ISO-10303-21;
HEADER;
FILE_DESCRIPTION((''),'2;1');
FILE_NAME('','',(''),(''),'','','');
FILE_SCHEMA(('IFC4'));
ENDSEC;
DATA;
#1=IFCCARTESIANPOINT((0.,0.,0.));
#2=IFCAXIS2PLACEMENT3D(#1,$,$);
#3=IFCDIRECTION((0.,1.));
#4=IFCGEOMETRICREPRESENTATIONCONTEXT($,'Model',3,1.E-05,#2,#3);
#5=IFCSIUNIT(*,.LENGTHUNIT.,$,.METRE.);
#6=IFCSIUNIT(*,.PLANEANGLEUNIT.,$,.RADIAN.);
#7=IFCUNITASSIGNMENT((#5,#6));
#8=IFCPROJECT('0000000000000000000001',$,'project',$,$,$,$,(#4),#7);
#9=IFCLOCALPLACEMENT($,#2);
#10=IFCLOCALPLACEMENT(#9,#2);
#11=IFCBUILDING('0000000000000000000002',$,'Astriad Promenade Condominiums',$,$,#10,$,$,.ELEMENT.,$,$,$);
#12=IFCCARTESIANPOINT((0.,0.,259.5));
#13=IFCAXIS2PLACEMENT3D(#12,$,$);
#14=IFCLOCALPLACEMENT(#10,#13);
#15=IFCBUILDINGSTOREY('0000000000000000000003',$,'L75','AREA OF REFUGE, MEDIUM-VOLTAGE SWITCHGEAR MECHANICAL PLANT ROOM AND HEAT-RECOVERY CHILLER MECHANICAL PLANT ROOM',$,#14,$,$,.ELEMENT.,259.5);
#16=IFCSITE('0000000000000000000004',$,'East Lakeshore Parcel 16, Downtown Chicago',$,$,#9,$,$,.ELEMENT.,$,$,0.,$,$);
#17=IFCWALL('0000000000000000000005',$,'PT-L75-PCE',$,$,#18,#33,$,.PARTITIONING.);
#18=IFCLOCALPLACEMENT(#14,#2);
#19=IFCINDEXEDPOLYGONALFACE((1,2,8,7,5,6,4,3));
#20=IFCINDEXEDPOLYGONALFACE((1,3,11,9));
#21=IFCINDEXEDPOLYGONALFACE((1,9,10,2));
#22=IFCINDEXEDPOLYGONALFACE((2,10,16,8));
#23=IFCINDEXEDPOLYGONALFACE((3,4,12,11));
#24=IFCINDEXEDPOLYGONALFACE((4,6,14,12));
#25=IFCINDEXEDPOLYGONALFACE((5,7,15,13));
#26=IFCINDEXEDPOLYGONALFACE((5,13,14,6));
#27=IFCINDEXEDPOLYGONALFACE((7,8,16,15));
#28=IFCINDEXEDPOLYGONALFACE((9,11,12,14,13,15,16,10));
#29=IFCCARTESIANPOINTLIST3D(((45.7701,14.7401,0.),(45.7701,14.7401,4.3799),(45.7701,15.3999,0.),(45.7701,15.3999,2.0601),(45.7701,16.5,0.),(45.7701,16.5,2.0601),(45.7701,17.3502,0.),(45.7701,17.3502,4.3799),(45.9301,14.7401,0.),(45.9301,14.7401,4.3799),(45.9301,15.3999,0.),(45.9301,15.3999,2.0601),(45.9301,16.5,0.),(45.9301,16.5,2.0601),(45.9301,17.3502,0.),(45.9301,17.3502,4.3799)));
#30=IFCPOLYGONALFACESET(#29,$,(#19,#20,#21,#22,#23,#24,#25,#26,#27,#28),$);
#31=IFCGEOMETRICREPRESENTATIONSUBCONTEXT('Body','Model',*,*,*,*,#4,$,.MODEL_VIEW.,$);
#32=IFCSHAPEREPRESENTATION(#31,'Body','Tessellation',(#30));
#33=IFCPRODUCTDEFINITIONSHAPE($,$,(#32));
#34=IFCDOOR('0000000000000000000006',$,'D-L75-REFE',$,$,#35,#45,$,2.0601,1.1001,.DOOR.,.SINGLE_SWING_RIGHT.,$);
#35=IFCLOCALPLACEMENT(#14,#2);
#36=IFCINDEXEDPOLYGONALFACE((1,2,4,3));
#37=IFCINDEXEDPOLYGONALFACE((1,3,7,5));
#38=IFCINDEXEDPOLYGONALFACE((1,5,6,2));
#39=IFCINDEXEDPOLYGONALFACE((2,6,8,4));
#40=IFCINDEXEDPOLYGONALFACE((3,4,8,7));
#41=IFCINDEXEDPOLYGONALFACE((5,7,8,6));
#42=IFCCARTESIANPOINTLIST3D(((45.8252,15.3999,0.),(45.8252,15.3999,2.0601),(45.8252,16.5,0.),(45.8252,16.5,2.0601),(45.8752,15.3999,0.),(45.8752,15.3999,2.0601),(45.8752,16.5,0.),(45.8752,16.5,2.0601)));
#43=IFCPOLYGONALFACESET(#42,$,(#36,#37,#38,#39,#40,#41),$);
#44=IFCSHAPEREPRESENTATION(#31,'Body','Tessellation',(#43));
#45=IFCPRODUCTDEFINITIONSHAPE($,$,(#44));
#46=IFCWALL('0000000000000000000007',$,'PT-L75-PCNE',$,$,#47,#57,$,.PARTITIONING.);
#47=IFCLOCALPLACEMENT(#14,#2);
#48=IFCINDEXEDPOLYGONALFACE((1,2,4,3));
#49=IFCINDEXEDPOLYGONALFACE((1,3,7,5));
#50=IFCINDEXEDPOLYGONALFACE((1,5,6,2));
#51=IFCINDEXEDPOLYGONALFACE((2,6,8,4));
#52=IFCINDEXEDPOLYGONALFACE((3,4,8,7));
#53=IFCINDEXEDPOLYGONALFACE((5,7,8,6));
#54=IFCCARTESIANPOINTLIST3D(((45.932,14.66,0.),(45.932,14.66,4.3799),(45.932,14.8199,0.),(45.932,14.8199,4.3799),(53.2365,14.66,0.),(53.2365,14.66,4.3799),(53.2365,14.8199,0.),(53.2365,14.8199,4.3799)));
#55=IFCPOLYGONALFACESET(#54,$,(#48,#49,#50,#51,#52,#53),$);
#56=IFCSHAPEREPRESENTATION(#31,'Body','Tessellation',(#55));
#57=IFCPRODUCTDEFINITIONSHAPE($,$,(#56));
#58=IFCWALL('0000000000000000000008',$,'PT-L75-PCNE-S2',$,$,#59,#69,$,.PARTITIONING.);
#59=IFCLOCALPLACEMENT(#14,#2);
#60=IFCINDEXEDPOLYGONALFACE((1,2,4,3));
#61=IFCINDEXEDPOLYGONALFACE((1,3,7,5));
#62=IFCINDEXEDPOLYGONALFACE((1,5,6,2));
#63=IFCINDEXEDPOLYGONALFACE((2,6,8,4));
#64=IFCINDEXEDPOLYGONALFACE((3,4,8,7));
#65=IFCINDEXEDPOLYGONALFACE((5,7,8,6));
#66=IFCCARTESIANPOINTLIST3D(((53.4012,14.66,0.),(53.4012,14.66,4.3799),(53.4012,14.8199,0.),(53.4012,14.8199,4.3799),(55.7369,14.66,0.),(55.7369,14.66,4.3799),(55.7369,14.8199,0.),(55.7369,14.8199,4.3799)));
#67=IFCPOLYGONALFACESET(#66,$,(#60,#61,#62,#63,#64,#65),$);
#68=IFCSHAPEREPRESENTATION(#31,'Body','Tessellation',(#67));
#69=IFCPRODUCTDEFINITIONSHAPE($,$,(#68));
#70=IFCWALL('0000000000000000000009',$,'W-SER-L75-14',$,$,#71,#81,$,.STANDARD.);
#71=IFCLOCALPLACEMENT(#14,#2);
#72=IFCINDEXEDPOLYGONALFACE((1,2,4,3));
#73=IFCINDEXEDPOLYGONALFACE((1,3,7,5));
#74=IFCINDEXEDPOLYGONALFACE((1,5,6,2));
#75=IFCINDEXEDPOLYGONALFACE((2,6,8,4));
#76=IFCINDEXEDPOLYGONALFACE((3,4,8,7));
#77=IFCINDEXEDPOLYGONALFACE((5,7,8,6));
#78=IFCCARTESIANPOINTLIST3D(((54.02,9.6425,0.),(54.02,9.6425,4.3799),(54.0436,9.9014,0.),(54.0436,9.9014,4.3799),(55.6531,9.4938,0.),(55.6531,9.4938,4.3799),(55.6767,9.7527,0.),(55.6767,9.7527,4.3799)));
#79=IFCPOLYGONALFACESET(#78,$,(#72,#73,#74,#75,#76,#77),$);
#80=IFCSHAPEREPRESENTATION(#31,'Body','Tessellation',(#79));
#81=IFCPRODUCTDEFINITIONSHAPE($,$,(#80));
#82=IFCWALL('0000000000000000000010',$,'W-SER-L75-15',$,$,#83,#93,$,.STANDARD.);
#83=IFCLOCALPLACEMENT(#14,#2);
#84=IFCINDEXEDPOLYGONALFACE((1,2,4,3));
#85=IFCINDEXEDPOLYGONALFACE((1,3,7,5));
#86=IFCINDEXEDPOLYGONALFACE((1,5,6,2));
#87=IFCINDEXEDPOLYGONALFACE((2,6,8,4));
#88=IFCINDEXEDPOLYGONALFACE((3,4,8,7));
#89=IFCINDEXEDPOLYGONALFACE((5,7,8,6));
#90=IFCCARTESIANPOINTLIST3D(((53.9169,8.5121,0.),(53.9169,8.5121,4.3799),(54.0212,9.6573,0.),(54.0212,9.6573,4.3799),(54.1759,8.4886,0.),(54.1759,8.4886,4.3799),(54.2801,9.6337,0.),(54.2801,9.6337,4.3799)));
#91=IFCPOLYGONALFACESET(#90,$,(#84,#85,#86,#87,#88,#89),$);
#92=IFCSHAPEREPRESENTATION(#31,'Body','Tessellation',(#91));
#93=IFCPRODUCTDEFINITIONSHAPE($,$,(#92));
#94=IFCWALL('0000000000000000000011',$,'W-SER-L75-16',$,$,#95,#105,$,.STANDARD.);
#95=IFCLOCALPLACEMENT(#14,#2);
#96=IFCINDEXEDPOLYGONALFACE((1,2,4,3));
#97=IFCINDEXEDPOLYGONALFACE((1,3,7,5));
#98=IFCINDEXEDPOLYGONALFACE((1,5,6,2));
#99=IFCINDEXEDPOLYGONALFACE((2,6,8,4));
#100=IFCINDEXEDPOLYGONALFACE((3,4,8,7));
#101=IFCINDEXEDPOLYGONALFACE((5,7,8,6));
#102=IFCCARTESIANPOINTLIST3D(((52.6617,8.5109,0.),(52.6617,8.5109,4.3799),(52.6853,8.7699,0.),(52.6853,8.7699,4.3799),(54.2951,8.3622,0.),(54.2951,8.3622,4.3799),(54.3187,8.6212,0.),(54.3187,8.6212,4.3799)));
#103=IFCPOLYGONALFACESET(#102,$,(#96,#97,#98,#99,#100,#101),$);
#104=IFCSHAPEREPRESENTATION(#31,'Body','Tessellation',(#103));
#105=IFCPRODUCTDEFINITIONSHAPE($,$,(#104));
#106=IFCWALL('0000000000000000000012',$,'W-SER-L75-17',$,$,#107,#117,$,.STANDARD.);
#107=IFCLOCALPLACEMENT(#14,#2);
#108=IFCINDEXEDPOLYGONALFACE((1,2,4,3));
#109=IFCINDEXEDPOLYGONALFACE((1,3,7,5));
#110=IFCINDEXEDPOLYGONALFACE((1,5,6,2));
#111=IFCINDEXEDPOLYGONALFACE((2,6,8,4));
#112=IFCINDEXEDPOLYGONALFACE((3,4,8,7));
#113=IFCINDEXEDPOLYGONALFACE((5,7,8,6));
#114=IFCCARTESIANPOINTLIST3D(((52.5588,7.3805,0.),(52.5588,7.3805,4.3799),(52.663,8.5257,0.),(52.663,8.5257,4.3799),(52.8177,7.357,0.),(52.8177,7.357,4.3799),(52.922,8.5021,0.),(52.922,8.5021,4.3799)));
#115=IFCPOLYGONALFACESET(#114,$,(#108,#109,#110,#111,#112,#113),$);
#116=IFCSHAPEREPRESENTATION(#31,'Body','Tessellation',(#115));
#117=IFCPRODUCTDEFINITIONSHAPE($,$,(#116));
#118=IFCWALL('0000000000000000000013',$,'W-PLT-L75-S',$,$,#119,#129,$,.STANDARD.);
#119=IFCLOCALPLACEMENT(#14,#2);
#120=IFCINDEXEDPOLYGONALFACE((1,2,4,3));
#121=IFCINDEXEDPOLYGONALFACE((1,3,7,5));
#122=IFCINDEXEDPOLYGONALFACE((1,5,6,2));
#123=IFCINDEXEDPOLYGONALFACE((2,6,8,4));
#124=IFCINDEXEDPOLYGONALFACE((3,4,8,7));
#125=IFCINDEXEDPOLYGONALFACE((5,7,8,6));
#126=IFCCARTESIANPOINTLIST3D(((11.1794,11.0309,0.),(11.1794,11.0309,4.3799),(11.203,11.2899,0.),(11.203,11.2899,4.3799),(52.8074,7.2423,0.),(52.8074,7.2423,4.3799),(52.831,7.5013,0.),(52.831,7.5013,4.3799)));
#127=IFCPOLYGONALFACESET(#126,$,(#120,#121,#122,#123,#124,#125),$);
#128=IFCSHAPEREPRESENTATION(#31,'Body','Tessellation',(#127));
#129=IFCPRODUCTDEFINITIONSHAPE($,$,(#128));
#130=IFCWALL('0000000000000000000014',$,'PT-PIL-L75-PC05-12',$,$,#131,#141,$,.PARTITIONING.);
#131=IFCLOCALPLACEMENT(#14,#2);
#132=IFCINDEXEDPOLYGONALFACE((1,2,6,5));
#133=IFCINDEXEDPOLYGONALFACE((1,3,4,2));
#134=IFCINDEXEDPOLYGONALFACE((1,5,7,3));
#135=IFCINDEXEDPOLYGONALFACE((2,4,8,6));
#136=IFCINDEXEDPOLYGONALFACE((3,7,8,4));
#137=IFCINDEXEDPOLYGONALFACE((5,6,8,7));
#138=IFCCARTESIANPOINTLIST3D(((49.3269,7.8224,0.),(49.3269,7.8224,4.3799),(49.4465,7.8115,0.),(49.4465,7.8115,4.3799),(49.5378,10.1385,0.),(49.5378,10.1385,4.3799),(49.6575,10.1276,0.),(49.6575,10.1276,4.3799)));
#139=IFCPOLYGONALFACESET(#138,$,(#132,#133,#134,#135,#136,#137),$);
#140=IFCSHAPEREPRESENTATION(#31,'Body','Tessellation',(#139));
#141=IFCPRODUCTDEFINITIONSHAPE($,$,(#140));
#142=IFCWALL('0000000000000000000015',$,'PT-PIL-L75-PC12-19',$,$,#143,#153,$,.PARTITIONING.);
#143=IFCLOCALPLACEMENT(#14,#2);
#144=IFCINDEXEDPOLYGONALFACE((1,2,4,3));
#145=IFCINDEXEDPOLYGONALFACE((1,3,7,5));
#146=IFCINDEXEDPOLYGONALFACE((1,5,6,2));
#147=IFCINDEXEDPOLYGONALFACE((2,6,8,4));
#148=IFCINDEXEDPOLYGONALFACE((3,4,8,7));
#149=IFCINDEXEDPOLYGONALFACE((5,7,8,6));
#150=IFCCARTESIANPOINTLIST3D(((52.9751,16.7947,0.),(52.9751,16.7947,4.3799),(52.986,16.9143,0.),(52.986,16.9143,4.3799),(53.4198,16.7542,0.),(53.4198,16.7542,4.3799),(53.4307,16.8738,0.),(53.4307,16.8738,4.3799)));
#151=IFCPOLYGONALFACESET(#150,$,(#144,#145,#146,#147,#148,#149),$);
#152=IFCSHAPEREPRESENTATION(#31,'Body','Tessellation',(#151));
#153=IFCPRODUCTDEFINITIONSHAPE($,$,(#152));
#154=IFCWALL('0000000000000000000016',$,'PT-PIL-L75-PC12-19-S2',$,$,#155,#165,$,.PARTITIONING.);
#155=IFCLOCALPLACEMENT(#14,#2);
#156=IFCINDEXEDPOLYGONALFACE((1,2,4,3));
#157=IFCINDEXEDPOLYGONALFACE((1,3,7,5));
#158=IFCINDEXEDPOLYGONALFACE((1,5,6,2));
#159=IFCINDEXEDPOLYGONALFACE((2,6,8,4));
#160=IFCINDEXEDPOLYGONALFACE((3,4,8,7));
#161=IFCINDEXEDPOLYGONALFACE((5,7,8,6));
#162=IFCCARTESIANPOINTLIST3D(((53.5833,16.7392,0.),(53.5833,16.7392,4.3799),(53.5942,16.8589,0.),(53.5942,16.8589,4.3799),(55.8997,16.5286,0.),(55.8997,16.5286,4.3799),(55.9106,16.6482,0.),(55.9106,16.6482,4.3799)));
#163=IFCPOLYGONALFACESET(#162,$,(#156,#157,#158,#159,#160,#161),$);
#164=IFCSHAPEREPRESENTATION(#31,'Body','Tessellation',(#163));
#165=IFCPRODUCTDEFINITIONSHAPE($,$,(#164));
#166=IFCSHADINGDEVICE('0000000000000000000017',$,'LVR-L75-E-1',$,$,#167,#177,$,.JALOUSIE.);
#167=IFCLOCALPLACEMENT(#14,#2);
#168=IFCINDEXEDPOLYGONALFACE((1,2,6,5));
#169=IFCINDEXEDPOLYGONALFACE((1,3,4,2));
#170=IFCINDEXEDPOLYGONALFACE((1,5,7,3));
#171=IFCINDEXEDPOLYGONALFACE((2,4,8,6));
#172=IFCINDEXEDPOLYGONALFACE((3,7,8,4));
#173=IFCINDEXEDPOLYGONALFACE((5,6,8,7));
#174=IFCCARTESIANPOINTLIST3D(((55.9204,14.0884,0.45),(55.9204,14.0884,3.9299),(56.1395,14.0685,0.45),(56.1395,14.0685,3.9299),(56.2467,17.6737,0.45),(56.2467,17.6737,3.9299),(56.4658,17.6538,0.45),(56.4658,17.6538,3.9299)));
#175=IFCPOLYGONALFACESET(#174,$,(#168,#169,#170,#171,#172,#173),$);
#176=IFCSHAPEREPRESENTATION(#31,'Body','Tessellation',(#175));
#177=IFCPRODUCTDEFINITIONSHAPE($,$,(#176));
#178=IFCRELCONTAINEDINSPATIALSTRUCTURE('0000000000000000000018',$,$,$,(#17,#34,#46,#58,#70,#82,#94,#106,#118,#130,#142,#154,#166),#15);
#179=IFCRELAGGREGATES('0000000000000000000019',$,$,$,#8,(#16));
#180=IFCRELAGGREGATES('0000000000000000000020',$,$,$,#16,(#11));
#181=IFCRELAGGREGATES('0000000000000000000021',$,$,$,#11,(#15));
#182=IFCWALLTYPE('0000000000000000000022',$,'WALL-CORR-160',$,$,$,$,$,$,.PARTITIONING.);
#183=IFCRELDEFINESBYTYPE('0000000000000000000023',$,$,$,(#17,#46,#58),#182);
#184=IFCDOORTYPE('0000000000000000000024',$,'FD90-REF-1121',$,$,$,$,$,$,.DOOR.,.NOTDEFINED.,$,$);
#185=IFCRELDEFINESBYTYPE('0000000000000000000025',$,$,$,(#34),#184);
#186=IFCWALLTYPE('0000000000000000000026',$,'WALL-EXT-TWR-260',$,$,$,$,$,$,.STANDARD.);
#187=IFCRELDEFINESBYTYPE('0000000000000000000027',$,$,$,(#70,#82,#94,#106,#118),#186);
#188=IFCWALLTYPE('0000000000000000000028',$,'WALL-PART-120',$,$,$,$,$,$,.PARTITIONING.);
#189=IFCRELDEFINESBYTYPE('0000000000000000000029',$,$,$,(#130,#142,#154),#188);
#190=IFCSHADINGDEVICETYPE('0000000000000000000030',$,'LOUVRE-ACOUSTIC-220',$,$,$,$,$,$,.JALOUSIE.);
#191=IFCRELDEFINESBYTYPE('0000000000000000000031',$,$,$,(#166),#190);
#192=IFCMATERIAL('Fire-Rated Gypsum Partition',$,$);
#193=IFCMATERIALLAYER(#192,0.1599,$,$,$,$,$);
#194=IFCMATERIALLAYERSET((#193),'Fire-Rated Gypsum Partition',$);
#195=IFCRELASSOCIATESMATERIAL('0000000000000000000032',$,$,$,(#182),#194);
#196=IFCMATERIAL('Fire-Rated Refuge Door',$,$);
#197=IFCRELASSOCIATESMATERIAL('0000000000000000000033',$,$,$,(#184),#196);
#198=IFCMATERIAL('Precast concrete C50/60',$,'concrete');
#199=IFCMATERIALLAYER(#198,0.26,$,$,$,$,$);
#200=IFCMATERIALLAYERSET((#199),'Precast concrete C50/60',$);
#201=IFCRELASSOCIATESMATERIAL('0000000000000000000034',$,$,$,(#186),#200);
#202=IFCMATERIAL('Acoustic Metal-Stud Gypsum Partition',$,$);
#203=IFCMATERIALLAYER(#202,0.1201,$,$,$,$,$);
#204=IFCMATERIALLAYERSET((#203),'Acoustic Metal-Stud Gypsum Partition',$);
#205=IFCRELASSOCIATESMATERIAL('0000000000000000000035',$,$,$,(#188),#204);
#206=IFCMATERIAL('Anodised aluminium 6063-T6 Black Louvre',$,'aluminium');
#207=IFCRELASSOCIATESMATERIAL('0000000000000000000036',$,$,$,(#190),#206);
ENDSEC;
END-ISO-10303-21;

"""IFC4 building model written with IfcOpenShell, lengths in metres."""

from ifc_helpers import new_model, si_unit, direction, frame, frame_2d, origin, origin_2d, place, context, subcontext, project, spatial, rectangle, extrude, source, transform, mapped, material, layer, layer_set, type_object, type_shapes, element, fill, save


model = new_model("IFC4")

# Units and contexts
model_context = context("Model", 3, precision=1e-05, world=origin(), true_north=direction((0.0, 1.0)))
body_context = subcontext(model_context, "Body", "Model", "MODEL_VIEW")
ifc_project = project(units=[si_unit("LENGTHUNIT", "METRE"), si_unit("PLANEANGLEUNIT", "RADIAN")], contexts=[model_context])

# Site, building, storey
site_placement = place(None, origin())
site = spatial("IfcSite", under=ifc_project, at=site_placement, Name="East Lakeshore Parcel 16, Downtown Chicago", CompositionType="ELEMENT", RefElevation=0.0)
building_placement = place(site_placement, origin())
building = spatial("IfcBuilding", under=site, at=building_placement, Name="Astriad Promenade Condominiums", CompositionType="ELEMENT")
storey_placement = place(building_placement, frame((0.0, 0.0, 259.5)))
storey = spatial("IfcBuildingStorey", under=building, at=storey_placement, Name="L75", Description="AREA OF REFUGE, MEDIUM-VOLTAGE SWITCHGEAR MECHANICAL PLANT ROOM AND HEAT-RECOVERY CHILLER MECHANICAL PLANT ROOM", CompositionType="ELEMENT", Elevation=259.5)

# Shared definitions
ifc_material_1 = material(Name="Fire-Rated Gypsum Partition")
ifc_layer_1 = layer(ifc_material_1, 0.1599)
ifc_layer_set_1 = layer_set([ifc_layer_1], Name="Fire-Rated Gypsum Partition")
wall_type_1 = type_object("IfcWallType", Name="WALL-CORR-160", PredefinedType="PARTITIONING", material=ifc_layer_set_1)

# Wall, opening, door
wall_1_placement = place(storey_placement, frame((45.8501, 14.74, 0.0), z_axis=(0.0, 0.0, 1.0), x_axis=(0.0, 1.0, 0.0)))
wall_1 = element("IfcWall", 1, at=wall_1_placement, inside=storey, type_object=wall_type_1, Name="PT-L75-PCE", PredefinedType="PARTITIONING", context=body_context, shape_type="SweptSolid", body=[
    extrude(rectangle(XDim=2.6101, YDim=0.1599, at=frame_2d((1.3052, 0.0))), origin(), (0.0, 0.0, 1.0), 4.3799),
])
opening_placement = place(wall_1_placement, frame((0.6599, 0.0, 0.0)))
opening = element("IfcOpeningElement", 2, at=opening_placement, cuts=wall_1, PredefinedType="OPENING", context=body_context, shape_type="SweptSolid", body=[
    extrude(rectangle(XDim=1.1001, YDim=2.0601, at=frame_2d((0.55, 1.03))), frame((0.0, 0.0898, 0.0), z_axis=(0.0, -1.0, 0.0), x_axis=(1.0, 0.0, 0.0)), (0.0, 0.0, 1.0), 0.1799),
])
ifc_material_2 = material(Name="Fire-Rated Refuge Door")
door_type = type_object("IfcDoorType", Name="FD90-REF-1121", OperationType="NOTDEFINED", PredefinedType="DOOR", material=ifc_material_2)
shared_shape_1 = source(origin(), body_context, "Body", "SweptSolid", [
    extrude(rectangle(XDim=1.1001, YDim=2.0601, at=frame_2d((0.55, 1.03))), frame((0.0, 0.0249, 0.0), z_axis=(0.0, -1.0, 0.0), x_axis=(1.0, 0.0, 0.0)), (0.0, 0.0, 1.0), 0.05),
])
type_shapes(door_type, [shared_shape_1])
door_placement = place(opening_placement, origin())
door = element("IfcDoor", 3, at=door_placement, inside=storey, type_object=door_type, Name="D-L75-REFE", OperationType="SINGLE_SWING_RIGHT", OverallHeight=2.0601, OverallWidth=1.1001, PredefinedType="DOOR", context=body_context, shape_type="MappedRepresentation", body=[
    mapped(shared_shape_1, transform((0.0, 0.0, 0.0), scale=1.0)),
])
fill(opening, door)

# Walls
wall_2_placement = place(storey_placement, frame((45.9319, 14.74, 0.0), z_axis=(0.0, 0.0, 1.0), x_axis=(1.0, 0.0, 0.0)))
element("IfcWall", 4, at=wall_2_placement, inside=storey, type_object=wall_type_1, Name="PT-L75-PCNE", PredefinedType="PARTITIONING", context=body_context, shape_type="SweptSolid", body=[
    extrude(rectangle(XDim=7.3044, YDim=0.1599, at=frame_2d((3.6523, 0.0))), origin(), (0.0, 0.0, 1.0), 4.3799),
])
wall_3_placement = place(storey_placement, frame((53.4011, 14.74, 0.0), z_axis=(0.0, 0.0, 1.0), x_axis=(1.0, 0.0, 0.0)))
element("IfcWall", 5, at=wall_3_placement, inside=storey, type_object=wall_type_1, Name="PT-L75-PCNE-S2", PredefinedType="PARTITIONING", context=body_context, shape_type="SweptSolid", body=[
    extrude(rectangle(XDim=2.3357, YDim=0.1599, at=frame_2d((1.168, 0.0))), origin(), (0.0, 0.0, 1.0), 4.3799),
])
ifc_material_3 = material(Name="Precast concrete C50/60", Category="concrete")
ifc_layer_2 = layer(ifc_material_3, 0.26)
ifc_layer_set_2 = layer_set([ifc_layer_2], Name="Precast concrete C50/60")
wall_type_2 = type_object("IfcWallType", Name="WALL-EXT-TWR-260", PredefinedType="STANDARD", material=ifc_layer_set_2)
wall_4_placement = place(storey_placement, frame((55.6648, 9.6233, 0.0), z_axis=(0.0, 0.0, 1.0), x_axis=(-0.995881, 0.09067, 0.0)))
element("IfcWall", 6, at=wall_4_placement, inside=storey, type_object=wall_type_2, Name="W-SER-L75-14", PredefinedType="STANDARD", context=body_context, shape_type="SweptSolid", body=[
    extrude(rectangle(XDim=1.6399, YDim=0.26, at=frame_2d((0.8198, 0.0))), origin(), (0.0, 0.0, 1.0), 4.3799),
])
wall_5_placement = place(storey_placement, frame((54.1506, 9.6455, 0.0), z_axis=(0.0, 0.0, 1.0), x_axis=(-0.090651, -0.995883, 0.0)))
element("IfcWall", 7, at=wall_5_placement, inside=storey, type_object=wall_type_2, Name="W-SER-L75-15", PredefinedType="STANDARD", context=body_context, shape_type="SweptSolid", body=[
    extrude(rectangle(XDim=1.1499, YDim=0.26, at=frame_2d((0.575, 0.0))), origin(), (0.0, 0.0, 1.0), 4.3799),
])
wall_6_placement = place(storey_placement, frame((54.3069, 8.4917, 0.0), z_axis=(0.0, 0.0, 1.0), x_axis=(-0.995882, 0.090657, 0.0)))
element("IfcWall", 8, at=wall_6_placement, inside=storey, type_object=wall_type_2, Name="W-SER-L75-16", PredefinedType="STANDARD", context=body_context, shape_type="SweptSolid", body=[
    extrude(rectangle(XDim=1.6401, YDim=0.26, at=frame_2d((0.8201, 0.0))), origin(), (0.0, 0.0, 1.0), 4.3799),
])
wall_7_placement = place(storey_placement, frame((52.7925, 8.5139, 0.0), z_axis=(0.0, 0.0, 1.0), x_axis=(-0.090651, -0.995883, 0.0)))
element("IfcWall", 9, at=wall_7_placement, inside=storey, type_object=wall_type_2, Name="W-SER-L75-17", PredefinedType="STANDARD", context=body_context, shape_type="SweptSolid", body=[
    extrude(rectangle(XDim=1.1499, YDim=0.26, at=frame_2d((0.575, 0.0))), origin(), (0.0, 0.0, 1.0), 4.3799),
])
wall_8_placement = place(storey_placement, frame((52.8191, 7.3718, 0.0), z_axis=(0.0, 0.0, 1.0), x_axis=(-0.995884, 0.090636, 0.0)))
element("IfcWall", 10, at=wall_8_placement, inside=storey, type_object=wall_type_2, Name="W-PLT-L75-S", PredefinedType="STANDARD", context=body_context, shape_type="SweptSolid", body=[
    extrude(rectangle(XDim=41.8, YDim=0.26, at=frame_2d((20.8999, 0.0))), origin(), (0.0, 0.0, 1.0), 4.3799),
])
ifc_material_4 = material(Name="Acoustic Metal-Stud Gypsum Partition")
ifc_layer_3 = layer(ifc_material_4, 0.1201)
ifc_layer_set_3 = layer_set([ifc_layer_3], Name="Acoustic Metal-Stud Gypsum Partition")
wall_type_3 = type_object("IfcWallType", Name="WALL-PART-120", PredefinedType="PARTITIONING", material=ifc_layer_set_3)
wall_9_placement = place(storey_placement, frame((49.5977, 10.1331, 0.0), z_axis=(0.0, 0.0, 1.0), x_axis=(-0.090697, -0.995879, 0.0)))
element("IfcWall", 11, at=wall_9_placement, inside=storey, type_object=wall_type_3, Name="PT-PIL-L75-PC05-12", PredefinedType="PARTITIONING", context=body_context, shape_type="SweptSolid", body=[
    extrude(rectangle(XDim=2.3257, YDim=0.1201, at=frame_2d((1.1628, 0.0))), origin(), (0.0, 0.0, 1.0), 4.3799),
])
wall_10_placement = place(storey_placement, frame((52.9807, 16.8545, 0.0), z_axis=(0.0, 0.0, 1.0), x_axis=(0.995871, -0.090782, 0.0)))
element("IfcWall", 12, at=wall_10_placement, inside=storey, type_object=wall_type_3, Name="PT-PIL-L75-PC12-19", PredefinedType="PARTITIONING", context=body_context, shape_type="SweptSolid", body=[
    extrude(rectangle(XDim=0.4465, YDim=0.1201, at=frame_2d((0.2231, 0.0))), origin(), (0.0, 0.0, 1.0), 4.3799),
])
wall_11_placement = place(storey_placement, frame((53.5886, 16.7991, 0.0), z_axis=(0.0, 0.0, 1.0), x_axis=(0.995889, -0.090583, 0.0)))
element("IfcWall", 13, at=wall_11_placement, inside=storey, type_object=wall_type_3, Name="PT-PIL-L75-PC12-19-S2", PredefinedType="PARTITIONING", context=body_context, shape_type="SweptSolid", body=[
    extrude(rectangle(XDim=2.3259, YDim=0.1201, at=frame_2d((1.1631, 0.0))), origin(), (0.0, 0.0, 1.0), 4.3799),
])

# Shading device
ifc_material_5 = material(Name="Anodised aluminium 6063-T6 Black Louvre", Category="aluminium")
shading_device_type_1 = type_object("IfcShadingDeviceType", Name="LOUVRE-ACOUSTIC-220", PredefinedType="JALOUSIE", material=ifc_material_5)
shared_shape_2 = source(origin(), body_context, "Body", "SweptSolid", [
    extrude(rectangle(XDim=3.6001, YDim=0.22, at=origin_2d()), origin(), (0.0, 0.0, 1.0), 3.48),
])
type_shapes(shading_device_type_1, [shared_shape_2])
shading_device_placement = place(storey_placement, frame((56.1931, 15.8711, 0.45), z_axis=(0.0, 0.0, 1.0), x_axis=(-0.090633, -0.995884, 0.0)))
element("IfcShadingDevice", 14, at=shading_device_placement, inside=storey, type_object=shading_device_type_1, Name="LVR-L75-E-1", PredefinedType="JALOUSIE", context=body_context, shape_type="MappedRepresentation", body=[
    mapped(shared_shape_2, transform((0.0, 0.0, 0.0), scale=1.0)),
])

save(model, "model.ifc")
